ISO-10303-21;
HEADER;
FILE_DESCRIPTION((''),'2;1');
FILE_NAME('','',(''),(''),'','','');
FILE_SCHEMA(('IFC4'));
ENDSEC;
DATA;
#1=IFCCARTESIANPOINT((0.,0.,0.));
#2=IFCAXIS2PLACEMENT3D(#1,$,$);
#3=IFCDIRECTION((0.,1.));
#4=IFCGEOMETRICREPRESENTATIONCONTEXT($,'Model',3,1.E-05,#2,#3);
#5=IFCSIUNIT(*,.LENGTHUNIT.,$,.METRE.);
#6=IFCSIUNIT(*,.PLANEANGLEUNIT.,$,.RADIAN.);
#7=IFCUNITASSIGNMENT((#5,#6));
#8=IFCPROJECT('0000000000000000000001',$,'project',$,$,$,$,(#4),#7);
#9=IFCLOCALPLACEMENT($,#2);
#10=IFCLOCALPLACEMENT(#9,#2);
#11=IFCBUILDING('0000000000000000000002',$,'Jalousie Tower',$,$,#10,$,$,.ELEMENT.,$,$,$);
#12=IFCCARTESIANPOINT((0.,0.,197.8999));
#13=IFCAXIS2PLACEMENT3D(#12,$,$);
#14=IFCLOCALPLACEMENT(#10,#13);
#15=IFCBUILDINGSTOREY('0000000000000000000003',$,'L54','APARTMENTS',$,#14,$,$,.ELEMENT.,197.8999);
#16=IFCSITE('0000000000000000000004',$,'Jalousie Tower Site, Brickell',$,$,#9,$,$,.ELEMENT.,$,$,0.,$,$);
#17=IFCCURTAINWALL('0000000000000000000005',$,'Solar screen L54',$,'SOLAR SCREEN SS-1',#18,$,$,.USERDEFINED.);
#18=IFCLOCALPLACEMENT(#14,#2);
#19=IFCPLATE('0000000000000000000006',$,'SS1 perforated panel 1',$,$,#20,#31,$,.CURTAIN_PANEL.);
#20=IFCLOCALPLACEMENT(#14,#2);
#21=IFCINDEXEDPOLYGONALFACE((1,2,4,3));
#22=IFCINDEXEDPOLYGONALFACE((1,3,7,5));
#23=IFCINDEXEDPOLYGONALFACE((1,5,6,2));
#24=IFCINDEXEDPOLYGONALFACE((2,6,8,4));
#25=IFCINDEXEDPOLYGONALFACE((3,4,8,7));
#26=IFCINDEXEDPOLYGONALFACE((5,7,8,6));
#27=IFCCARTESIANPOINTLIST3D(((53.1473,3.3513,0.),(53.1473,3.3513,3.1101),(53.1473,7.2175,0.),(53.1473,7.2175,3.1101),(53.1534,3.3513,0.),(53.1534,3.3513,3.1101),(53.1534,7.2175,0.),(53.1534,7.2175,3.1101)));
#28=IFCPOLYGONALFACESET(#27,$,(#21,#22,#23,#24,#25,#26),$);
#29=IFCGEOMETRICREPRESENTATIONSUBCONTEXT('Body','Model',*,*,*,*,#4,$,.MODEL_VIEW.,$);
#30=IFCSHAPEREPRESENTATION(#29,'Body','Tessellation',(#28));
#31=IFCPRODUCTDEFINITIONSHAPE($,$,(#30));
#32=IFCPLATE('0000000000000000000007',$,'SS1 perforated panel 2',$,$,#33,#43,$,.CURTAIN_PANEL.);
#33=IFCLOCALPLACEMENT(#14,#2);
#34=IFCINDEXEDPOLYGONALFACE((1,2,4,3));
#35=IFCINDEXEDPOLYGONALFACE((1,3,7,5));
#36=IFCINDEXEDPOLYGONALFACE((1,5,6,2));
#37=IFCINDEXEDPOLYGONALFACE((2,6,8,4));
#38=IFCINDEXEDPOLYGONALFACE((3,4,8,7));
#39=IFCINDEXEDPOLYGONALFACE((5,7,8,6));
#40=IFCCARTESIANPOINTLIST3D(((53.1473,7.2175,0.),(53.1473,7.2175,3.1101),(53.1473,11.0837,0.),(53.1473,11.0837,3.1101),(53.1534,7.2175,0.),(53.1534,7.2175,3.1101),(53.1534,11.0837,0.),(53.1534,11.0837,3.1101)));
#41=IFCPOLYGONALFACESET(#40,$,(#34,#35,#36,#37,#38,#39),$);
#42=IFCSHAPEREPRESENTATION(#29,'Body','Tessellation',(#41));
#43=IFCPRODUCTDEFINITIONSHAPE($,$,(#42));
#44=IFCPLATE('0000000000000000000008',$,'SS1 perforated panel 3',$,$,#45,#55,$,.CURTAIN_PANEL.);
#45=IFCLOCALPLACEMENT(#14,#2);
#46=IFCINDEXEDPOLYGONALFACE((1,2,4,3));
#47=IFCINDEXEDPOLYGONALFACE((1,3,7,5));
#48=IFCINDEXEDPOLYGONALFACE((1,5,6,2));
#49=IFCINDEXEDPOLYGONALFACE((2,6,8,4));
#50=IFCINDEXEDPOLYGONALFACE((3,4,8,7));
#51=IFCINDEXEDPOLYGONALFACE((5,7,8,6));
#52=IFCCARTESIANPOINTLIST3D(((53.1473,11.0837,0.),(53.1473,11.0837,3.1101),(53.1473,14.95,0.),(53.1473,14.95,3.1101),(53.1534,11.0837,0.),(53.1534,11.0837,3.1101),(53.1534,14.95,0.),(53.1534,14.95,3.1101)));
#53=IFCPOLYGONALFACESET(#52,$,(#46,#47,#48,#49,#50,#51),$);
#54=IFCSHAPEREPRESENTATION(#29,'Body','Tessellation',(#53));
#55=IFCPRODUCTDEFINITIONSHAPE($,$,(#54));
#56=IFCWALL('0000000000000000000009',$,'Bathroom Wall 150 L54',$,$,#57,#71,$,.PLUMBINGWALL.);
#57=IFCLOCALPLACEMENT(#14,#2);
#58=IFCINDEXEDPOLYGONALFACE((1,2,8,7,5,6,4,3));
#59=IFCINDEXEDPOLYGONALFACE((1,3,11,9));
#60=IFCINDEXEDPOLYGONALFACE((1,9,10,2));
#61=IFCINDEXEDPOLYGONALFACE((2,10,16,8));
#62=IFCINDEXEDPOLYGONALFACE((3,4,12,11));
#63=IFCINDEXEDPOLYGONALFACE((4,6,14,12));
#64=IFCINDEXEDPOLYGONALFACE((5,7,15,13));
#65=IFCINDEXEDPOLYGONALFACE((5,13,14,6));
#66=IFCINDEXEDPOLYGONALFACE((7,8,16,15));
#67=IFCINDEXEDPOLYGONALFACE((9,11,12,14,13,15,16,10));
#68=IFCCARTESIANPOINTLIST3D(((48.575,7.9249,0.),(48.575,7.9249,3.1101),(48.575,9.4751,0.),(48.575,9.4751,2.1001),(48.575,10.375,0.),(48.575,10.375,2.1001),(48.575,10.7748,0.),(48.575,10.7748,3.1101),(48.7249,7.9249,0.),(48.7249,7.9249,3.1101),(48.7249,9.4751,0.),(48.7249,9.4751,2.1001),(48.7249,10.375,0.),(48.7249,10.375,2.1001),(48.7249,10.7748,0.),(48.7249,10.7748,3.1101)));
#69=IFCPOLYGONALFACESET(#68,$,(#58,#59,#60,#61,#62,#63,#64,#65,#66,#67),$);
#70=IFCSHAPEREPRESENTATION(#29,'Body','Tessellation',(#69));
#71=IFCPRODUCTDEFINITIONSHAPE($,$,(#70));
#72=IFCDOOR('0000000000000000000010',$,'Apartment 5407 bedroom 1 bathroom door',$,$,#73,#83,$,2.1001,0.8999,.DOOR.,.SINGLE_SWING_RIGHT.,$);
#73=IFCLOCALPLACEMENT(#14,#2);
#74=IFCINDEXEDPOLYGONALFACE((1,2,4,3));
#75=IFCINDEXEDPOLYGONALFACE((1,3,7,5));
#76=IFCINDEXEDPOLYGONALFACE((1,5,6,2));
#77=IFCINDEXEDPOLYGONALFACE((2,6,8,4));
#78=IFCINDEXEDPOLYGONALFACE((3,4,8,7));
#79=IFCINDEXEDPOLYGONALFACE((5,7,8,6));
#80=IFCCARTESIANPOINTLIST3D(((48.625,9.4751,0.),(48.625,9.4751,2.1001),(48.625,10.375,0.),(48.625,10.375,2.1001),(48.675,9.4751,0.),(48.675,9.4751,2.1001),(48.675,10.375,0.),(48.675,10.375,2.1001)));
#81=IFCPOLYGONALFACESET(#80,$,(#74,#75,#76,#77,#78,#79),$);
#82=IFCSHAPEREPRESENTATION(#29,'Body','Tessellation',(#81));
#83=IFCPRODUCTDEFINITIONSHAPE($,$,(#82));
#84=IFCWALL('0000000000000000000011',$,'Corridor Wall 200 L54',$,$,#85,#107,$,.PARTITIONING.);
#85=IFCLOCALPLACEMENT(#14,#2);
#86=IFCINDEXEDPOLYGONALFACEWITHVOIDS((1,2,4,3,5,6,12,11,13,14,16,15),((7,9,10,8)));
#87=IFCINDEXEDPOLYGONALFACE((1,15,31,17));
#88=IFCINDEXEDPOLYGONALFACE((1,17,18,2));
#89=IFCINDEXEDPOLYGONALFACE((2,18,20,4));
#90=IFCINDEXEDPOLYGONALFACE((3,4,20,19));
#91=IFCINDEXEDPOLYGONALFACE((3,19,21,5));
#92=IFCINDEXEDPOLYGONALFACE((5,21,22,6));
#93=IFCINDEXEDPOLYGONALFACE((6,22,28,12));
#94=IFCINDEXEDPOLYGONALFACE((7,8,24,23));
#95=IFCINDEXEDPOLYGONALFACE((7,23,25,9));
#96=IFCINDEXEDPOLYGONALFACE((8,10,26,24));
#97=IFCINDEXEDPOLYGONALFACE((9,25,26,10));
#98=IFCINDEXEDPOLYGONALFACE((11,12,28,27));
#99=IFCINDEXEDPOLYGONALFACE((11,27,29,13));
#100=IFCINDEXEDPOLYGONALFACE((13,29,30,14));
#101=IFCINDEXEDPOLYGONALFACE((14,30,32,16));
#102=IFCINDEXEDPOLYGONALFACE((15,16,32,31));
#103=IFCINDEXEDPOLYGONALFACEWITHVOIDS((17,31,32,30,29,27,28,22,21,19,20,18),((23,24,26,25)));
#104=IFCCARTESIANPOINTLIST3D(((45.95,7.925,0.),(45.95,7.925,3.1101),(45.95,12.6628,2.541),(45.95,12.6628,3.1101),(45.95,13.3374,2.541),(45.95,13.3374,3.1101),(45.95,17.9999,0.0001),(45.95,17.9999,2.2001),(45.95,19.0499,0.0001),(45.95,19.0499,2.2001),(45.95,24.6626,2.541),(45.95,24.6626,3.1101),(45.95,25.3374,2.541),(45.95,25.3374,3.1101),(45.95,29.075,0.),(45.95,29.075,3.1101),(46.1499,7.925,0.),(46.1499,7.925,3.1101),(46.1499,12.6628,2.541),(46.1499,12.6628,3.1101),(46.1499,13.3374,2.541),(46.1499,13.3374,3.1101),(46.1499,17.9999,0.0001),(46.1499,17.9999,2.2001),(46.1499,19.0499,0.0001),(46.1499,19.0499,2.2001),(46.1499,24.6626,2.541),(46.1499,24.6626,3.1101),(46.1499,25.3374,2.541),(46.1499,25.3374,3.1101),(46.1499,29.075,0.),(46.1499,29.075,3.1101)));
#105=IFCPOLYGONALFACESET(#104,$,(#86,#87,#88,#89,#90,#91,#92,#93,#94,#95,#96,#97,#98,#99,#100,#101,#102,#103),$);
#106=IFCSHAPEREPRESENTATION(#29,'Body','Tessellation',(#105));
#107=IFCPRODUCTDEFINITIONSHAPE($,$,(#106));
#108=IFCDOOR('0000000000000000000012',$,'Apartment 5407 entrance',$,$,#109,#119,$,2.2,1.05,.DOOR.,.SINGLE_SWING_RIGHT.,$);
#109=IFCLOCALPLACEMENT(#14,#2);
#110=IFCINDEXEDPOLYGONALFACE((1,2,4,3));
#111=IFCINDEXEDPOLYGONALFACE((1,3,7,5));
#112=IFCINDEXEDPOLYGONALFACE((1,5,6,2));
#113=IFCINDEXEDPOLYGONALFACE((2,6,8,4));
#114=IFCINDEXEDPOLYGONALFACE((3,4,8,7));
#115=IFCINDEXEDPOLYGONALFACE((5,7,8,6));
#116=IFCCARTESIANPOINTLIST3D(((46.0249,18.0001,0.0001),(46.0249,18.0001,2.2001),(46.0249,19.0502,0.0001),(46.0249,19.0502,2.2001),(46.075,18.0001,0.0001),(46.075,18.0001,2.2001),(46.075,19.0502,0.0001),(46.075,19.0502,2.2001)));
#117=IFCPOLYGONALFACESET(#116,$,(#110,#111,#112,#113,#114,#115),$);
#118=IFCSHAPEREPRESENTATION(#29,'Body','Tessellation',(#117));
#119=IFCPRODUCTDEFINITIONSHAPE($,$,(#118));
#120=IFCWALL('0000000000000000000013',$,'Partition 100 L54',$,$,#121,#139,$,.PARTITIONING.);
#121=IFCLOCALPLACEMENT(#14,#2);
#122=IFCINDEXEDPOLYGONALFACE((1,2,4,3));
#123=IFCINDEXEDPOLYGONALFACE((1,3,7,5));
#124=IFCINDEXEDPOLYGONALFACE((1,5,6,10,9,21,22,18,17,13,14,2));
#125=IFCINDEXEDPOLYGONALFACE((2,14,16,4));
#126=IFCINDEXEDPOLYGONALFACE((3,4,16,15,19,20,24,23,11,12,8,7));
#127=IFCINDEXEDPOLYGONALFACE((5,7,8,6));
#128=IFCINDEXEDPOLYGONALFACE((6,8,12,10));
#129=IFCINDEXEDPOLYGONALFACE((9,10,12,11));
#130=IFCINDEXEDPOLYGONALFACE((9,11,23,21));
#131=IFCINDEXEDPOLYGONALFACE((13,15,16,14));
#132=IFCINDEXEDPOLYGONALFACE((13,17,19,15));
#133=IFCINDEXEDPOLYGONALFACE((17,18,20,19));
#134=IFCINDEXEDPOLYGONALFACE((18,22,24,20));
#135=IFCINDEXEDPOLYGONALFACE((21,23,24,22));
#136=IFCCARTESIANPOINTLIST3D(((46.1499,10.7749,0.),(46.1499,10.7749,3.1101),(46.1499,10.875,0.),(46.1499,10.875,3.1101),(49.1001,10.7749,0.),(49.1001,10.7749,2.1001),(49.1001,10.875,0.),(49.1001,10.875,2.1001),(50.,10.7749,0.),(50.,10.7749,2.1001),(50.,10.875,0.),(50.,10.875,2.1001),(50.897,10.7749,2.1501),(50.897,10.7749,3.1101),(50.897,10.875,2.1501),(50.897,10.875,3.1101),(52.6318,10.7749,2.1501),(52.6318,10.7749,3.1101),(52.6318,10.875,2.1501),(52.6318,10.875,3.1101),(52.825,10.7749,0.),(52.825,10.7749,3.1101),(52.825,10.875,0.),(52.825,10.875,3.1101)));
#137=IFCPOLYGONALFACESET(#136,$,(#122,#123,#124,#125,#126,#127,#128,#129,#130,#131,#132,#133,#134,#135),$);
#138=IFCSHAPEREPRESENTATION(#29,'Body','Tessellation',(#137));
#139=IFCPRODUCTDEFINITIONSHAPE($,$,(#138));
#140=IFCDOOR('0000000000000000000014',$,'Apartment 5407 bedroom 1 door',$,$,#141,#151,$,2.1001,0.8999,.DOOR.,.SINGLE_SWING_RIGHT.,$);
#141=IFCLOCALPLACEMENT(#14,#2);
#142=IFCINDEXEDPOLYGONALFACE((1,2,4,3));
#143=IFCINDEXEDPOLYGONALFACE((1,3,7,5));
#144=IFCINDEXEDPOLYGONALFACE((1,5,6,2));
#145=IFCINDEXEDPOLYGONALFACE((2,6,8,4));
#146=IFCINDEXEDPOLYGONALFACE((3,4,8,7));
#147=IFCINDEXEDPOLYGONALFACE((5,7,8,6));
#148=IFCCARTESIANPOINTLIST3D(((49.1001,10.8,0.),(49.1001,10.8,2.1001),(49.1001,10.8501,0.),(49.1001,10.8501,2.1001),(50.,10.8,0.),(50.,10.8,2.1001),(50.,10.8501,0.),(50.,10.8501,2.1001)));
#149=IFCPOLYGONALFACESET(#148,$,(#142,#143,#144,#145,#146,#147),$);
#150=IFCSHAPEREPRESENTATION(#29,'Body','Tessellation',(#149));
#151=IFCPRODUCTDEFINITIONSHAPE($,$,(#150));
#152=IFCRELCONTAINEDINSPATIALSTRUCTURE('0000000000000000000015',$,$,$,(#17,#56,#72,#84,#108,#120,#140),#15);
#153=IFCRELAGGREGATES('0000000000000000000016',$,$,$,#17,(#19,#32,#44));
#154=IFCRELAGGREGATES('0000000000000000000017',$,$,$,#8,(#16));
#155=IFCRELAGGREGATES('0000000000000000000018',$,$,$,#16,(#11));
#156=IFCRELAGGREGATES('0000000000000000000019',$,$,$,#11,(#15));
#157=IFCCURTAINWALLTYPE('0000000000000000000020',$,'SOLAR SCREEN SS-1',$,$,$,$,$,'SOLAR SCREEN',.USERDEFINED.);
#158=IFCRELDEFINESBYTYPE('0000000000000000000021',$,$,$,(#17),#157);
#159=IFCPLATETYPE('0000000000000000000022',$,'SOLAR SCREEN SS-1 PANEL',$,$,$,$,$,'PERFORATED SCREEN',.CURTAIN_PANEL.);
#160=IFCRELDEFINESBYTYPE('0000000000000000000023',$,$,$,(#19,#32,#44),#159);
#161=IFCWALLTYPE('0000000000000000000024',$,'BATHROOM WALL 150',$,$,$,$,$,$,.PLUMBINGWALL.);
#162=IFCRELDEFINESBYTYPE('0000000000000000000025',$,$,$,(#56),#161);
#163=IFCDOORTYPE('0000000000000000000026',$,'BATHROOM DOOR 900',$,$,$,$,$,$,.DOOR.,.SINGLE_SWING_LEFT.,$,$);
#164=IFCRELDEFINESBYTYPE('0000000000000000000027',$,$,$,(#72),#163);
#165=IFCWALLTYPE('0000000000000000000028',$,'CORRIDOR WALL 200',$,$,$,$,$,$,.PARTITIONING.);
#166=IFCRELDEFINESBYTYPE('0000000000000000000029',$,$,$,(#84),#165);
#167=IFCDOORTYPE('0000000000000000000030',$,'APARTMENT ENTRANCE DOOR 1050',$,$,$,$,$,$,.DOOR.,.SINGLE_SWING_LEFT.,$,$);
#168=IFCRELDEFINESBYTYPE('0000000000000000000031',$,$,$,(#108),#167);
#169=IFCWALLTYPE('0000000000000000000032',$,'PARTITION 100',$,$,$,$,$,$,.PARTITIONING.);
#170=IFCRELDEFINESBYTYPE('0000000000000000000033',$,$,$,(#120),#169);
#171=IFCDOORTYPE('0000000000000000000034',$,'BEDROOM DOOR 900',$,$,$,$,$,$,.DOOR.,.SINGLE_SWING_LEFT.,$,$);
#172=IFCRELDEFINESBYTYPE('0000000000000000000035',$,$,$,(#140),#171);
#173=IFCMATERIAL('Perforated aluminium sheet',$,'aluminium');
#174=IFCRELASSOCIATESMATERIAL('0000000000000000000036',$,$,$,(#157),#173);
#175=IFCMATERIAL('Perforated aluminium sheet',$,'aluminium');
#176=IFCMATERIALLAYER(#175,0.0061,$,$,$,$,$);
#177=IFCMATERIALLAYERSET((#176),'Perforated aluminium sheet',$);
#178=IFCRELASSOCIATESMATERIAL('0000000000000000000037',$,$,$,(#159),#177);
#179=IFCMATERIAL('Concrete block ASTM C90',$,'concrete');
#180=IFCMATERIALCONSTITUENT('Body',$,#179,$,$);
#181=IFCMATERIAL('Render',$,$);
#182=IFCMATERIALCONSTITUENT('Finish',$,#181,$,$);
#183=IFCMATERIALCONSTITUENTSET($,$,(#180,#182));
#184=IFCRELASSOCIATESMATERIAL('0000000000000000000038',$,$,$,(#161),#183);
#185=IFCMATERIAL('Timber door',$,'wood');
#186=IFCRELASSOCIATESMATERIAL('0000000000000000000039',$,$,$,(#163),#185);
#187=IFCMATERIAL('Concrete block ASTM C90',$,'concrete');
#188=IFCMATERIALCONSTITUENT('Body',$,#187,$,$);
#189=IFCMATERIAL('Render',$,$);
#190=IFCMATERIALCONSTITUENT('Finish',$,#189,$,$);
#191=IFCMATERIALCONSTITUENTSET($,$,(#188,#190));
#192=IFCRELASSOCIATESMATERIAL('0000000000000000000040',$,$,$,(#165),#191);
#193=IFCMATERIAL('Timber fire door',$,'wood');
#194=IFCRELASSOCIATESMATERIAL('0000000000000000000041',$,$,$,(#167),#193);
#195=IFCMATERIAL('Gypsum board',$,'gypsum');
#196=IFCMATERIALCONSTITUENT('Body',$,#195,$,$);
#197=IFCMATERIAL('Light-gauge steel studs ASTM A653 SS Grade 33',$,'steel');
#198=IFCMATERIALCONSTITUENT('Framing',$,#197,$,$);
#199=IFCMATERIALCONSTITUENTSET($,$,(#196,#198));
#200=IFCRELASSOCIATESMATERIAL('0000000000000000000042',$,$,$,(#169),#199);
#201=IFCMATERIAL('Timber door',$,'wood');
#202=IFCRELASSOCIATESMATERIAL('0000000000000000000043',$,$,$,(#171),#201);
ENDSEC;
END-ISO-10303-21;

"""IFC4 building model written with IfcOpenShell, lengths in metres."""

from ifc_helpers import new_model, si_unit, direction, frame, frame_2d, origin, origin_2d, place, context, subcontext, project, spatial, polyline, rectangle, outline, extrude, material, layer, layer_set, constituent, constituent_set, type_object, element, fill, aggregate, save


model = new_model("IFC4")

# Units and contexts
model_context = context("Model", 3, precision=1e-05, world=origin(), true_north=direction((0.0, 1.0)))
body_context = subcontext(model_context, "Body", "Model", "MODEL_VIEW")
ifc_project = project(units=[si_unit("LENGTHUNIT", "METRE"), si_unit("PLANEANGLEUNIT", "RADIAN")], contexts=[model_context])

# Site, building, storey
site_placement = place(None, origin())
site = spatial("IfcSite", under=ifc_project, at=site_placement, Name="Jalousie Tower Site, Brickell", CompositionType="ELEMENT", RefElevation=0.0)
building_placement = place(site_placement, origin())
building = spatial("IfcBuilding", under=site, at=building_placement, Name="Jalousie Tower", CompositionType="ELEMENT")
storey_placement = place(building_placement, frame((0.0, 0.0, 197.8999)))
storey = spatial("IfcBuildingStorey", under=building, at=storey_placement, Name="L54", Description="APARTMENTS", CompositionType="ELEMENT", Elevation=197.8999)

# Curtain wall, plates
ifc_material_1 = material(Name="Perforated aluminium sheet", Category="aluminium")
curtain_wall_type = type_object("IfcCurtainWallType", Name="SOLAR SCREEN SS-1", ElementType="SOLAR SCREEN", PredefinedType="USERDEFINED", material=ifc_material_1)
curtain_wall_placement = place(storey_placement, origin())
curtain_wall = element("IfcCurtainWall", 1, at=curtain_wall_placement, inside=storey, type_object=curtain_wall_type, Name="Solar screen L54", ObjectType="SOLAR SCREEN SS-1", PredefinedType="USERDEFINED")
ifc_material_2 = material(Name="Perforated aluminium sheet", Category="aluminium")
ifc_layer_1 = layer(ifc_material_2, 0.0061)
ifc_layer_set_1 = layer_set([ifc_layer_1], Name="Perforated aluminium sheet")
plate_type = type_object("IfcPlateType", Name="SOLAR SCREEN SS-1 PANEL", ElementType="PERFORATED SCREEN", PredefinedType="CURTAIN_PANEL", material=ifc_layer_set_1)
plate_1_placement = place(storey_placement, frame((53.1504, 5.2844, 0.0), z_axis=(0.0, 0.0, 1.0), x_axis=(0.0, 1.0, 0.0)))
plate_1 = element("IfcPlate", 2, at=plate_1_placement, type_object=plate_type, Name="SS1 perforated panel 1", PredefinedType="CURTAIN_PANEL", context=body_context, shape_type="SweptSolid", body=[
    extrude(rectangle(XDim=3.8662, YDim=0.0061, at=origin_2d()), origin(), (0.0, 0.0, 1.0), 3.1101),
])
plate_2_placement = place(storey_placement, frame((53.1504, 9.1506, 0.0), z_axis=(0.0, 0.0, 1.0), x_axis=(0.0, 1.0, 0.0)))
plate_2 = element("IfcPlate", 3, at=plate_2_placement, type_object=plate_type, Name="SS1 perforated panel 2", PredefinedType="CURTAIN_PANEL", context=body_context, shape_type="SweptSolid", body=[
    extrude(rectangle(XDim=3.8662, YDim=0.0061, at=origin_2d()), origin(), (0.0, 0.0, 1.0), 3.1101),
])
plate_3_placement = place(storey_placement, frame((53.1504, 13.0168, 0.0), z_axis=(0.0, 0.0, 1.0), x_axis=(0.0, 1.0, 0.0)))
plate_3 = element("IfcPlate", 4, at=plate_3_placement, type_object=plate_type, Name="SS1 perforated panel 3", PredefinedType="CURTAIN_PANEL", context=body_context, shape_type="SweptSolid", body=[
    extrude(rectangle(XDim=3.8662, YDim=0.0061, at=origin_2d()), origin(), (0.0, 0.0, 1.0), 3.1101),
])
aggregate(curtain_wall, [plate_1, plate_2, plate_3])

# Walls, openings, doors
ifc_material_3 = material(Name="Concrete block ASTM C90", Category="concrete")
ifc_constituent_1 = constituent(ifc_material_3, Name="Body")
ifc_material_4 = material(Name="Render")
ifc_constituent_2 = constituent(ifc_material_4, Name="Finish")
ifc_constituent_set_1 = constituent_set(constituents=[ifc_constituent_1, ifc_constituent_2])
wall_type_1 = type_object("IfcWallType", Name="BATHROOM WALL 150", PredefinedType="PLUMBINGWALL", material=ifc_constituent_set_1)
wall_1_placement = place(storey_placement, frame((48.6499, 7.925, 0.0), z_axis=(0.0, 0.0, 1.0), x_axis=(0.0, 1.0, 0.0)))
wall_1 = element("IfcWall", 5, at=wall_1_placement, inside=storey, type_object=wall_type_1, Name="Bathroom Wall 150 L54", PredefinedType="PLUMBINGWALL", context=body_context, shape_type="SweptSolid", body=[
    extrude(rectangle(XDim=2.8499, YDim=0.1499, at=frame_2d((1.4248, 0.0))), origin(), (0.0, 0.0, 1.0), 3.1101),
])
opening_1_placement = place(wall_1_placement, frame((1.55, 0.0, 0.0)))
opening_1 = element("IfcOpeningElement", 6, at=opening_1_placement, cuts=wall_1, PredefinedType="OPENING", context=body_context, shape_type="SweptSolid", body=[
    extrude(rectangle(XDim=0.8999, YDim=2.1001, at=frame_2d((0.45, 1.05))), frame((0.0, 0.085, 0.0), z_axis=(0.0, -1.0, 0.0), x_axis=(1.0, 0.0, 0.0)), (0.0, 0.0, 1.0), 0.1699),
])
ifc_material_5 = material(Name="Timber door", Category="wood")
door_type_1 = type_object("IfcDoorType", Name="BATHROOM DOOR 900", OperationType="SINGLE_SWING_LEFT", PredefinedType="DOOR", material=ifc_material_5)
door_1_placement = place(opening_1_placement, origin())
door_1 = element("IfcDoor", 7, at=door_1_placement, inside=storey, type_object=door_type_1, Name="Apartment 5407 bedroom 1 bathroom door", OperationType="SINGLE_SWING_RIGHT", OverallHeight=2.1001, OverallWidth=0.8999, PredefinedType="DOOR", context=body_context, shape_type="SweptSolid", body=[
    extrude(rectangle(XDim=0.8999, YDim=2.1001, at=frame_2d((0.45, 1.05))), frame((0.0, 0.0249, 0.0), z_axis=(0.0, -1.0, 0.0), x_axis=(1.0, 0.0, 0.0)), (0.0, 0.0, 1.0), 0.05),
])
fill(opening_1, door_1)
ifc_material_6 = material(Name="Concrete block ASTM C90", Category="concrete")
ifc_constituent_3 = constituent(ifc_material_6, Name="Body")
ifc_material_7 = material(Name="Render")
ifc_constituent_4 = constituent(ifc_material_7, Name="Finish")
ifc_constituent_set_2 = constituent_set(constituents=[ifc_constituent_3, ifc_constituent_4])
wall_type_2 = type_object("IfcWallType", Name="CORRIDOR WALL 200", PredefinedType="PARTITIONING", material=ifc_constituent_set_2)
wall_2_placement = place(storey_placement, frame((46.05, 7.925, 0.0), z_axis=(0.0, 0.0, 1.0), x_axis=(0.0, 1.0, 0.0)))
wall_2 = element("IfcWall", 8, at=wall_2_placement, inside=storey, type_object=wall_type_2, Name="Corridor Wall 200 L54", PredefinedType="PARTITIONING", context=body_context, shape_type="SweptSolid", body=[
    extrude(outline(polyline([(0.0, 0.0), (21.1499, 0.0), (21.1499, 3.1101), (17.4124, 3.1101), (17.4124, 2.541), (16.7375, 2.541), (16.7375, 3.1101), (5.4124, 3.1101), (5.4124, 2.541), (4.7378, 2.541), (4.7378, 3.1101), (0.0, 3.1101), (0.0, 0.0)])), frame((0.0, 0.1001, 0.0), z_axis=(0.0, -1.0, 0.0), x_axis=(1.0, 0.0, 0.0)), (0.0, 0.0, 1.0), 0.2),
])
opening_2_placement = place(wall_2_placement, frame((10.075, 0.0, 0.0)))
opening_2 = element("IfcOpeningElement", 9, at=opening_2_placement, cuts=wall_2, PredefinedType="OPENING", context=body_context, shape_type="SweptSolid", body=[
    extrude(rectangle(XDim=1.05, YDim=2.2, at=frame_2d((0.5249, 1.1001))), frame((0.0, 0.1099, 0.0), z_axis=(0.0, -1.0, 0.0), x_axis=(1.0, 0.0, 0.0)), (0.0, 0.0, 1.0), 0.22),
])
ifc_material_8 = material(Name="Timber fire door", Category="wood")
door_type_2 = type_object("IfcDoorType", Name="APARTMENT ENTRANCE DOOR 1050", OperationType="SINGLE_SWING_LEFT", PredefinedType="DOOR", material=ifc_material_8)
door_2_placement = place(opening_2_placement, frame((1.05, 0.0, 0.0), z_axis=(0.0, 0.0, 1.0), x_axis=(-1.0, 0.0, 0.0)))
door_2 = element("IfcDoor", 10, at=door_2_placement, inside=storey, type_object=door_type_2, Name="Apartment 5407 entrance", OperationType="SINGLE_SWING_RIGHT", OverallHeight=2.2, OverallWidth=1.05, PredefinedType="DOOR", context=body_context, shape_type="SweptSolid", body=[
    extrude(rectangle(XDim=1.05, YDim=2.2, at=frame_2d((0.5249, 1.1001))), frame((0.0, 0.0249, 0.0), z_axis=(0.0, -1.0, 0.0), x_axis=(1.0, 0.0, 0.0)), (0.0, 0.0, 1.0), 0.05),
])
fill(opening_2, door_2)
ifc_material_9 = material(Name="Gypsum board", Category="gypsum")
ifc_constituent_5 = constituent(ifc_material_9, Name="Body")
ifc_material_10 = material(Name="Light-gauge steel studs ASTM A653 SS Grade 33", Category="steel")
ifc_constituent_6 = constituent(ifc_material_10, Name="Framing")
ifc_constituent_set_3 = constituent_set(constituents=[ifc_constituent_5, ifc_constituent_6])
wall_type_3 = type_object("IfcWallType", Name="PARTITION 100", PredefinedType="PARTITIONING", material=ifc_constituent_set_3)
wall_3_placement = place(storey_placement, frame((52.825, 10.825, 0.0), z_axis=(0.0, 0.0, 1.0), x_axis=(-1.0, 0.0, 0.0)))
wall_3 = element("IfcWall", 11, at=wall_3_placement, inside=storey, type_object=wall_type_3, Name="Partition 100 L54", PredefinedType="PARTITIONING", context=body_context, shape_type="SweptSolid", body=[
    extrude(outline(polyline([(0.0, 0.0), (6.675, 0.0), (6.675, 3.1101), (1.928, 3.1101), (1.928, 2.1501), (0.1931, 2.1501), (0.1931, 3.1101), (0.0, 3.1101), (0.0, 0.0)])), frame((0.0, 0.05, 0.0), z_axis=(0.0, -1.0, 0.0), x_axis=(1.0, 0.0, 0.0)), (0.0, 0.0, 1.0), 0.1001),
])
opening_3_placement = place(wall_3_placement, frame((2.825, 0.0, 0.0)))
opening_3 = element("IfcOpeningElement", 12, at=opening_3_placement, cuts=wall_3, PredefinedType="OPENING", context=body_context, shape_type="SweptSolid", body=[
    extrude(rectangle(XDim=0.8999, YDim=2.1001, at=frame_2d((0.45, 1.05))), frame((0.0, 0.0601, 0.0), z_axis=(0.0, -1.0, 0.0), x_axis=(1.0, 0.0, 0.0)), (0.0, 0.0, 1.0), 0.1201),
])
ifc_material_11 = material(Name="Timber door", Category="wood")
door_type_3 = type_object("IfcDoorType", Name="BEDROOM DOOR 900", OperationType="SINGLE_SWING_LEFT", PredefinedType="DOOR", material=ifc_material_11)
door_3_placement = place(opening_3_placement, origin())
door_3 = element("IfcDoor", 13, at=door_3_placement, inside=storey, type_object=door_type_3, Name="Apartment 5407 bedroom 1 door", OperationType="SINGLE_SWING_RIGHT", OverallHeight=2.1001, OverallWidth=0.8999, PredefinedType="DOOR", context=body_context, shape_type="SweptSolid", body=[
    extrude(rectangle(XDim=0.8999, YDim=2.1001, at=frame_2d((0.45, 1.05))), frame((0.0, 0.0249, 0.0), z_axis=(0.0, -1.0, 0.0), x_axis=(1.0, 0.0, 0.0)), (0.0, 0.0, 1.0), 0.05),
])
fill(opening_3, door_3)

save(model, "model.ifc")
